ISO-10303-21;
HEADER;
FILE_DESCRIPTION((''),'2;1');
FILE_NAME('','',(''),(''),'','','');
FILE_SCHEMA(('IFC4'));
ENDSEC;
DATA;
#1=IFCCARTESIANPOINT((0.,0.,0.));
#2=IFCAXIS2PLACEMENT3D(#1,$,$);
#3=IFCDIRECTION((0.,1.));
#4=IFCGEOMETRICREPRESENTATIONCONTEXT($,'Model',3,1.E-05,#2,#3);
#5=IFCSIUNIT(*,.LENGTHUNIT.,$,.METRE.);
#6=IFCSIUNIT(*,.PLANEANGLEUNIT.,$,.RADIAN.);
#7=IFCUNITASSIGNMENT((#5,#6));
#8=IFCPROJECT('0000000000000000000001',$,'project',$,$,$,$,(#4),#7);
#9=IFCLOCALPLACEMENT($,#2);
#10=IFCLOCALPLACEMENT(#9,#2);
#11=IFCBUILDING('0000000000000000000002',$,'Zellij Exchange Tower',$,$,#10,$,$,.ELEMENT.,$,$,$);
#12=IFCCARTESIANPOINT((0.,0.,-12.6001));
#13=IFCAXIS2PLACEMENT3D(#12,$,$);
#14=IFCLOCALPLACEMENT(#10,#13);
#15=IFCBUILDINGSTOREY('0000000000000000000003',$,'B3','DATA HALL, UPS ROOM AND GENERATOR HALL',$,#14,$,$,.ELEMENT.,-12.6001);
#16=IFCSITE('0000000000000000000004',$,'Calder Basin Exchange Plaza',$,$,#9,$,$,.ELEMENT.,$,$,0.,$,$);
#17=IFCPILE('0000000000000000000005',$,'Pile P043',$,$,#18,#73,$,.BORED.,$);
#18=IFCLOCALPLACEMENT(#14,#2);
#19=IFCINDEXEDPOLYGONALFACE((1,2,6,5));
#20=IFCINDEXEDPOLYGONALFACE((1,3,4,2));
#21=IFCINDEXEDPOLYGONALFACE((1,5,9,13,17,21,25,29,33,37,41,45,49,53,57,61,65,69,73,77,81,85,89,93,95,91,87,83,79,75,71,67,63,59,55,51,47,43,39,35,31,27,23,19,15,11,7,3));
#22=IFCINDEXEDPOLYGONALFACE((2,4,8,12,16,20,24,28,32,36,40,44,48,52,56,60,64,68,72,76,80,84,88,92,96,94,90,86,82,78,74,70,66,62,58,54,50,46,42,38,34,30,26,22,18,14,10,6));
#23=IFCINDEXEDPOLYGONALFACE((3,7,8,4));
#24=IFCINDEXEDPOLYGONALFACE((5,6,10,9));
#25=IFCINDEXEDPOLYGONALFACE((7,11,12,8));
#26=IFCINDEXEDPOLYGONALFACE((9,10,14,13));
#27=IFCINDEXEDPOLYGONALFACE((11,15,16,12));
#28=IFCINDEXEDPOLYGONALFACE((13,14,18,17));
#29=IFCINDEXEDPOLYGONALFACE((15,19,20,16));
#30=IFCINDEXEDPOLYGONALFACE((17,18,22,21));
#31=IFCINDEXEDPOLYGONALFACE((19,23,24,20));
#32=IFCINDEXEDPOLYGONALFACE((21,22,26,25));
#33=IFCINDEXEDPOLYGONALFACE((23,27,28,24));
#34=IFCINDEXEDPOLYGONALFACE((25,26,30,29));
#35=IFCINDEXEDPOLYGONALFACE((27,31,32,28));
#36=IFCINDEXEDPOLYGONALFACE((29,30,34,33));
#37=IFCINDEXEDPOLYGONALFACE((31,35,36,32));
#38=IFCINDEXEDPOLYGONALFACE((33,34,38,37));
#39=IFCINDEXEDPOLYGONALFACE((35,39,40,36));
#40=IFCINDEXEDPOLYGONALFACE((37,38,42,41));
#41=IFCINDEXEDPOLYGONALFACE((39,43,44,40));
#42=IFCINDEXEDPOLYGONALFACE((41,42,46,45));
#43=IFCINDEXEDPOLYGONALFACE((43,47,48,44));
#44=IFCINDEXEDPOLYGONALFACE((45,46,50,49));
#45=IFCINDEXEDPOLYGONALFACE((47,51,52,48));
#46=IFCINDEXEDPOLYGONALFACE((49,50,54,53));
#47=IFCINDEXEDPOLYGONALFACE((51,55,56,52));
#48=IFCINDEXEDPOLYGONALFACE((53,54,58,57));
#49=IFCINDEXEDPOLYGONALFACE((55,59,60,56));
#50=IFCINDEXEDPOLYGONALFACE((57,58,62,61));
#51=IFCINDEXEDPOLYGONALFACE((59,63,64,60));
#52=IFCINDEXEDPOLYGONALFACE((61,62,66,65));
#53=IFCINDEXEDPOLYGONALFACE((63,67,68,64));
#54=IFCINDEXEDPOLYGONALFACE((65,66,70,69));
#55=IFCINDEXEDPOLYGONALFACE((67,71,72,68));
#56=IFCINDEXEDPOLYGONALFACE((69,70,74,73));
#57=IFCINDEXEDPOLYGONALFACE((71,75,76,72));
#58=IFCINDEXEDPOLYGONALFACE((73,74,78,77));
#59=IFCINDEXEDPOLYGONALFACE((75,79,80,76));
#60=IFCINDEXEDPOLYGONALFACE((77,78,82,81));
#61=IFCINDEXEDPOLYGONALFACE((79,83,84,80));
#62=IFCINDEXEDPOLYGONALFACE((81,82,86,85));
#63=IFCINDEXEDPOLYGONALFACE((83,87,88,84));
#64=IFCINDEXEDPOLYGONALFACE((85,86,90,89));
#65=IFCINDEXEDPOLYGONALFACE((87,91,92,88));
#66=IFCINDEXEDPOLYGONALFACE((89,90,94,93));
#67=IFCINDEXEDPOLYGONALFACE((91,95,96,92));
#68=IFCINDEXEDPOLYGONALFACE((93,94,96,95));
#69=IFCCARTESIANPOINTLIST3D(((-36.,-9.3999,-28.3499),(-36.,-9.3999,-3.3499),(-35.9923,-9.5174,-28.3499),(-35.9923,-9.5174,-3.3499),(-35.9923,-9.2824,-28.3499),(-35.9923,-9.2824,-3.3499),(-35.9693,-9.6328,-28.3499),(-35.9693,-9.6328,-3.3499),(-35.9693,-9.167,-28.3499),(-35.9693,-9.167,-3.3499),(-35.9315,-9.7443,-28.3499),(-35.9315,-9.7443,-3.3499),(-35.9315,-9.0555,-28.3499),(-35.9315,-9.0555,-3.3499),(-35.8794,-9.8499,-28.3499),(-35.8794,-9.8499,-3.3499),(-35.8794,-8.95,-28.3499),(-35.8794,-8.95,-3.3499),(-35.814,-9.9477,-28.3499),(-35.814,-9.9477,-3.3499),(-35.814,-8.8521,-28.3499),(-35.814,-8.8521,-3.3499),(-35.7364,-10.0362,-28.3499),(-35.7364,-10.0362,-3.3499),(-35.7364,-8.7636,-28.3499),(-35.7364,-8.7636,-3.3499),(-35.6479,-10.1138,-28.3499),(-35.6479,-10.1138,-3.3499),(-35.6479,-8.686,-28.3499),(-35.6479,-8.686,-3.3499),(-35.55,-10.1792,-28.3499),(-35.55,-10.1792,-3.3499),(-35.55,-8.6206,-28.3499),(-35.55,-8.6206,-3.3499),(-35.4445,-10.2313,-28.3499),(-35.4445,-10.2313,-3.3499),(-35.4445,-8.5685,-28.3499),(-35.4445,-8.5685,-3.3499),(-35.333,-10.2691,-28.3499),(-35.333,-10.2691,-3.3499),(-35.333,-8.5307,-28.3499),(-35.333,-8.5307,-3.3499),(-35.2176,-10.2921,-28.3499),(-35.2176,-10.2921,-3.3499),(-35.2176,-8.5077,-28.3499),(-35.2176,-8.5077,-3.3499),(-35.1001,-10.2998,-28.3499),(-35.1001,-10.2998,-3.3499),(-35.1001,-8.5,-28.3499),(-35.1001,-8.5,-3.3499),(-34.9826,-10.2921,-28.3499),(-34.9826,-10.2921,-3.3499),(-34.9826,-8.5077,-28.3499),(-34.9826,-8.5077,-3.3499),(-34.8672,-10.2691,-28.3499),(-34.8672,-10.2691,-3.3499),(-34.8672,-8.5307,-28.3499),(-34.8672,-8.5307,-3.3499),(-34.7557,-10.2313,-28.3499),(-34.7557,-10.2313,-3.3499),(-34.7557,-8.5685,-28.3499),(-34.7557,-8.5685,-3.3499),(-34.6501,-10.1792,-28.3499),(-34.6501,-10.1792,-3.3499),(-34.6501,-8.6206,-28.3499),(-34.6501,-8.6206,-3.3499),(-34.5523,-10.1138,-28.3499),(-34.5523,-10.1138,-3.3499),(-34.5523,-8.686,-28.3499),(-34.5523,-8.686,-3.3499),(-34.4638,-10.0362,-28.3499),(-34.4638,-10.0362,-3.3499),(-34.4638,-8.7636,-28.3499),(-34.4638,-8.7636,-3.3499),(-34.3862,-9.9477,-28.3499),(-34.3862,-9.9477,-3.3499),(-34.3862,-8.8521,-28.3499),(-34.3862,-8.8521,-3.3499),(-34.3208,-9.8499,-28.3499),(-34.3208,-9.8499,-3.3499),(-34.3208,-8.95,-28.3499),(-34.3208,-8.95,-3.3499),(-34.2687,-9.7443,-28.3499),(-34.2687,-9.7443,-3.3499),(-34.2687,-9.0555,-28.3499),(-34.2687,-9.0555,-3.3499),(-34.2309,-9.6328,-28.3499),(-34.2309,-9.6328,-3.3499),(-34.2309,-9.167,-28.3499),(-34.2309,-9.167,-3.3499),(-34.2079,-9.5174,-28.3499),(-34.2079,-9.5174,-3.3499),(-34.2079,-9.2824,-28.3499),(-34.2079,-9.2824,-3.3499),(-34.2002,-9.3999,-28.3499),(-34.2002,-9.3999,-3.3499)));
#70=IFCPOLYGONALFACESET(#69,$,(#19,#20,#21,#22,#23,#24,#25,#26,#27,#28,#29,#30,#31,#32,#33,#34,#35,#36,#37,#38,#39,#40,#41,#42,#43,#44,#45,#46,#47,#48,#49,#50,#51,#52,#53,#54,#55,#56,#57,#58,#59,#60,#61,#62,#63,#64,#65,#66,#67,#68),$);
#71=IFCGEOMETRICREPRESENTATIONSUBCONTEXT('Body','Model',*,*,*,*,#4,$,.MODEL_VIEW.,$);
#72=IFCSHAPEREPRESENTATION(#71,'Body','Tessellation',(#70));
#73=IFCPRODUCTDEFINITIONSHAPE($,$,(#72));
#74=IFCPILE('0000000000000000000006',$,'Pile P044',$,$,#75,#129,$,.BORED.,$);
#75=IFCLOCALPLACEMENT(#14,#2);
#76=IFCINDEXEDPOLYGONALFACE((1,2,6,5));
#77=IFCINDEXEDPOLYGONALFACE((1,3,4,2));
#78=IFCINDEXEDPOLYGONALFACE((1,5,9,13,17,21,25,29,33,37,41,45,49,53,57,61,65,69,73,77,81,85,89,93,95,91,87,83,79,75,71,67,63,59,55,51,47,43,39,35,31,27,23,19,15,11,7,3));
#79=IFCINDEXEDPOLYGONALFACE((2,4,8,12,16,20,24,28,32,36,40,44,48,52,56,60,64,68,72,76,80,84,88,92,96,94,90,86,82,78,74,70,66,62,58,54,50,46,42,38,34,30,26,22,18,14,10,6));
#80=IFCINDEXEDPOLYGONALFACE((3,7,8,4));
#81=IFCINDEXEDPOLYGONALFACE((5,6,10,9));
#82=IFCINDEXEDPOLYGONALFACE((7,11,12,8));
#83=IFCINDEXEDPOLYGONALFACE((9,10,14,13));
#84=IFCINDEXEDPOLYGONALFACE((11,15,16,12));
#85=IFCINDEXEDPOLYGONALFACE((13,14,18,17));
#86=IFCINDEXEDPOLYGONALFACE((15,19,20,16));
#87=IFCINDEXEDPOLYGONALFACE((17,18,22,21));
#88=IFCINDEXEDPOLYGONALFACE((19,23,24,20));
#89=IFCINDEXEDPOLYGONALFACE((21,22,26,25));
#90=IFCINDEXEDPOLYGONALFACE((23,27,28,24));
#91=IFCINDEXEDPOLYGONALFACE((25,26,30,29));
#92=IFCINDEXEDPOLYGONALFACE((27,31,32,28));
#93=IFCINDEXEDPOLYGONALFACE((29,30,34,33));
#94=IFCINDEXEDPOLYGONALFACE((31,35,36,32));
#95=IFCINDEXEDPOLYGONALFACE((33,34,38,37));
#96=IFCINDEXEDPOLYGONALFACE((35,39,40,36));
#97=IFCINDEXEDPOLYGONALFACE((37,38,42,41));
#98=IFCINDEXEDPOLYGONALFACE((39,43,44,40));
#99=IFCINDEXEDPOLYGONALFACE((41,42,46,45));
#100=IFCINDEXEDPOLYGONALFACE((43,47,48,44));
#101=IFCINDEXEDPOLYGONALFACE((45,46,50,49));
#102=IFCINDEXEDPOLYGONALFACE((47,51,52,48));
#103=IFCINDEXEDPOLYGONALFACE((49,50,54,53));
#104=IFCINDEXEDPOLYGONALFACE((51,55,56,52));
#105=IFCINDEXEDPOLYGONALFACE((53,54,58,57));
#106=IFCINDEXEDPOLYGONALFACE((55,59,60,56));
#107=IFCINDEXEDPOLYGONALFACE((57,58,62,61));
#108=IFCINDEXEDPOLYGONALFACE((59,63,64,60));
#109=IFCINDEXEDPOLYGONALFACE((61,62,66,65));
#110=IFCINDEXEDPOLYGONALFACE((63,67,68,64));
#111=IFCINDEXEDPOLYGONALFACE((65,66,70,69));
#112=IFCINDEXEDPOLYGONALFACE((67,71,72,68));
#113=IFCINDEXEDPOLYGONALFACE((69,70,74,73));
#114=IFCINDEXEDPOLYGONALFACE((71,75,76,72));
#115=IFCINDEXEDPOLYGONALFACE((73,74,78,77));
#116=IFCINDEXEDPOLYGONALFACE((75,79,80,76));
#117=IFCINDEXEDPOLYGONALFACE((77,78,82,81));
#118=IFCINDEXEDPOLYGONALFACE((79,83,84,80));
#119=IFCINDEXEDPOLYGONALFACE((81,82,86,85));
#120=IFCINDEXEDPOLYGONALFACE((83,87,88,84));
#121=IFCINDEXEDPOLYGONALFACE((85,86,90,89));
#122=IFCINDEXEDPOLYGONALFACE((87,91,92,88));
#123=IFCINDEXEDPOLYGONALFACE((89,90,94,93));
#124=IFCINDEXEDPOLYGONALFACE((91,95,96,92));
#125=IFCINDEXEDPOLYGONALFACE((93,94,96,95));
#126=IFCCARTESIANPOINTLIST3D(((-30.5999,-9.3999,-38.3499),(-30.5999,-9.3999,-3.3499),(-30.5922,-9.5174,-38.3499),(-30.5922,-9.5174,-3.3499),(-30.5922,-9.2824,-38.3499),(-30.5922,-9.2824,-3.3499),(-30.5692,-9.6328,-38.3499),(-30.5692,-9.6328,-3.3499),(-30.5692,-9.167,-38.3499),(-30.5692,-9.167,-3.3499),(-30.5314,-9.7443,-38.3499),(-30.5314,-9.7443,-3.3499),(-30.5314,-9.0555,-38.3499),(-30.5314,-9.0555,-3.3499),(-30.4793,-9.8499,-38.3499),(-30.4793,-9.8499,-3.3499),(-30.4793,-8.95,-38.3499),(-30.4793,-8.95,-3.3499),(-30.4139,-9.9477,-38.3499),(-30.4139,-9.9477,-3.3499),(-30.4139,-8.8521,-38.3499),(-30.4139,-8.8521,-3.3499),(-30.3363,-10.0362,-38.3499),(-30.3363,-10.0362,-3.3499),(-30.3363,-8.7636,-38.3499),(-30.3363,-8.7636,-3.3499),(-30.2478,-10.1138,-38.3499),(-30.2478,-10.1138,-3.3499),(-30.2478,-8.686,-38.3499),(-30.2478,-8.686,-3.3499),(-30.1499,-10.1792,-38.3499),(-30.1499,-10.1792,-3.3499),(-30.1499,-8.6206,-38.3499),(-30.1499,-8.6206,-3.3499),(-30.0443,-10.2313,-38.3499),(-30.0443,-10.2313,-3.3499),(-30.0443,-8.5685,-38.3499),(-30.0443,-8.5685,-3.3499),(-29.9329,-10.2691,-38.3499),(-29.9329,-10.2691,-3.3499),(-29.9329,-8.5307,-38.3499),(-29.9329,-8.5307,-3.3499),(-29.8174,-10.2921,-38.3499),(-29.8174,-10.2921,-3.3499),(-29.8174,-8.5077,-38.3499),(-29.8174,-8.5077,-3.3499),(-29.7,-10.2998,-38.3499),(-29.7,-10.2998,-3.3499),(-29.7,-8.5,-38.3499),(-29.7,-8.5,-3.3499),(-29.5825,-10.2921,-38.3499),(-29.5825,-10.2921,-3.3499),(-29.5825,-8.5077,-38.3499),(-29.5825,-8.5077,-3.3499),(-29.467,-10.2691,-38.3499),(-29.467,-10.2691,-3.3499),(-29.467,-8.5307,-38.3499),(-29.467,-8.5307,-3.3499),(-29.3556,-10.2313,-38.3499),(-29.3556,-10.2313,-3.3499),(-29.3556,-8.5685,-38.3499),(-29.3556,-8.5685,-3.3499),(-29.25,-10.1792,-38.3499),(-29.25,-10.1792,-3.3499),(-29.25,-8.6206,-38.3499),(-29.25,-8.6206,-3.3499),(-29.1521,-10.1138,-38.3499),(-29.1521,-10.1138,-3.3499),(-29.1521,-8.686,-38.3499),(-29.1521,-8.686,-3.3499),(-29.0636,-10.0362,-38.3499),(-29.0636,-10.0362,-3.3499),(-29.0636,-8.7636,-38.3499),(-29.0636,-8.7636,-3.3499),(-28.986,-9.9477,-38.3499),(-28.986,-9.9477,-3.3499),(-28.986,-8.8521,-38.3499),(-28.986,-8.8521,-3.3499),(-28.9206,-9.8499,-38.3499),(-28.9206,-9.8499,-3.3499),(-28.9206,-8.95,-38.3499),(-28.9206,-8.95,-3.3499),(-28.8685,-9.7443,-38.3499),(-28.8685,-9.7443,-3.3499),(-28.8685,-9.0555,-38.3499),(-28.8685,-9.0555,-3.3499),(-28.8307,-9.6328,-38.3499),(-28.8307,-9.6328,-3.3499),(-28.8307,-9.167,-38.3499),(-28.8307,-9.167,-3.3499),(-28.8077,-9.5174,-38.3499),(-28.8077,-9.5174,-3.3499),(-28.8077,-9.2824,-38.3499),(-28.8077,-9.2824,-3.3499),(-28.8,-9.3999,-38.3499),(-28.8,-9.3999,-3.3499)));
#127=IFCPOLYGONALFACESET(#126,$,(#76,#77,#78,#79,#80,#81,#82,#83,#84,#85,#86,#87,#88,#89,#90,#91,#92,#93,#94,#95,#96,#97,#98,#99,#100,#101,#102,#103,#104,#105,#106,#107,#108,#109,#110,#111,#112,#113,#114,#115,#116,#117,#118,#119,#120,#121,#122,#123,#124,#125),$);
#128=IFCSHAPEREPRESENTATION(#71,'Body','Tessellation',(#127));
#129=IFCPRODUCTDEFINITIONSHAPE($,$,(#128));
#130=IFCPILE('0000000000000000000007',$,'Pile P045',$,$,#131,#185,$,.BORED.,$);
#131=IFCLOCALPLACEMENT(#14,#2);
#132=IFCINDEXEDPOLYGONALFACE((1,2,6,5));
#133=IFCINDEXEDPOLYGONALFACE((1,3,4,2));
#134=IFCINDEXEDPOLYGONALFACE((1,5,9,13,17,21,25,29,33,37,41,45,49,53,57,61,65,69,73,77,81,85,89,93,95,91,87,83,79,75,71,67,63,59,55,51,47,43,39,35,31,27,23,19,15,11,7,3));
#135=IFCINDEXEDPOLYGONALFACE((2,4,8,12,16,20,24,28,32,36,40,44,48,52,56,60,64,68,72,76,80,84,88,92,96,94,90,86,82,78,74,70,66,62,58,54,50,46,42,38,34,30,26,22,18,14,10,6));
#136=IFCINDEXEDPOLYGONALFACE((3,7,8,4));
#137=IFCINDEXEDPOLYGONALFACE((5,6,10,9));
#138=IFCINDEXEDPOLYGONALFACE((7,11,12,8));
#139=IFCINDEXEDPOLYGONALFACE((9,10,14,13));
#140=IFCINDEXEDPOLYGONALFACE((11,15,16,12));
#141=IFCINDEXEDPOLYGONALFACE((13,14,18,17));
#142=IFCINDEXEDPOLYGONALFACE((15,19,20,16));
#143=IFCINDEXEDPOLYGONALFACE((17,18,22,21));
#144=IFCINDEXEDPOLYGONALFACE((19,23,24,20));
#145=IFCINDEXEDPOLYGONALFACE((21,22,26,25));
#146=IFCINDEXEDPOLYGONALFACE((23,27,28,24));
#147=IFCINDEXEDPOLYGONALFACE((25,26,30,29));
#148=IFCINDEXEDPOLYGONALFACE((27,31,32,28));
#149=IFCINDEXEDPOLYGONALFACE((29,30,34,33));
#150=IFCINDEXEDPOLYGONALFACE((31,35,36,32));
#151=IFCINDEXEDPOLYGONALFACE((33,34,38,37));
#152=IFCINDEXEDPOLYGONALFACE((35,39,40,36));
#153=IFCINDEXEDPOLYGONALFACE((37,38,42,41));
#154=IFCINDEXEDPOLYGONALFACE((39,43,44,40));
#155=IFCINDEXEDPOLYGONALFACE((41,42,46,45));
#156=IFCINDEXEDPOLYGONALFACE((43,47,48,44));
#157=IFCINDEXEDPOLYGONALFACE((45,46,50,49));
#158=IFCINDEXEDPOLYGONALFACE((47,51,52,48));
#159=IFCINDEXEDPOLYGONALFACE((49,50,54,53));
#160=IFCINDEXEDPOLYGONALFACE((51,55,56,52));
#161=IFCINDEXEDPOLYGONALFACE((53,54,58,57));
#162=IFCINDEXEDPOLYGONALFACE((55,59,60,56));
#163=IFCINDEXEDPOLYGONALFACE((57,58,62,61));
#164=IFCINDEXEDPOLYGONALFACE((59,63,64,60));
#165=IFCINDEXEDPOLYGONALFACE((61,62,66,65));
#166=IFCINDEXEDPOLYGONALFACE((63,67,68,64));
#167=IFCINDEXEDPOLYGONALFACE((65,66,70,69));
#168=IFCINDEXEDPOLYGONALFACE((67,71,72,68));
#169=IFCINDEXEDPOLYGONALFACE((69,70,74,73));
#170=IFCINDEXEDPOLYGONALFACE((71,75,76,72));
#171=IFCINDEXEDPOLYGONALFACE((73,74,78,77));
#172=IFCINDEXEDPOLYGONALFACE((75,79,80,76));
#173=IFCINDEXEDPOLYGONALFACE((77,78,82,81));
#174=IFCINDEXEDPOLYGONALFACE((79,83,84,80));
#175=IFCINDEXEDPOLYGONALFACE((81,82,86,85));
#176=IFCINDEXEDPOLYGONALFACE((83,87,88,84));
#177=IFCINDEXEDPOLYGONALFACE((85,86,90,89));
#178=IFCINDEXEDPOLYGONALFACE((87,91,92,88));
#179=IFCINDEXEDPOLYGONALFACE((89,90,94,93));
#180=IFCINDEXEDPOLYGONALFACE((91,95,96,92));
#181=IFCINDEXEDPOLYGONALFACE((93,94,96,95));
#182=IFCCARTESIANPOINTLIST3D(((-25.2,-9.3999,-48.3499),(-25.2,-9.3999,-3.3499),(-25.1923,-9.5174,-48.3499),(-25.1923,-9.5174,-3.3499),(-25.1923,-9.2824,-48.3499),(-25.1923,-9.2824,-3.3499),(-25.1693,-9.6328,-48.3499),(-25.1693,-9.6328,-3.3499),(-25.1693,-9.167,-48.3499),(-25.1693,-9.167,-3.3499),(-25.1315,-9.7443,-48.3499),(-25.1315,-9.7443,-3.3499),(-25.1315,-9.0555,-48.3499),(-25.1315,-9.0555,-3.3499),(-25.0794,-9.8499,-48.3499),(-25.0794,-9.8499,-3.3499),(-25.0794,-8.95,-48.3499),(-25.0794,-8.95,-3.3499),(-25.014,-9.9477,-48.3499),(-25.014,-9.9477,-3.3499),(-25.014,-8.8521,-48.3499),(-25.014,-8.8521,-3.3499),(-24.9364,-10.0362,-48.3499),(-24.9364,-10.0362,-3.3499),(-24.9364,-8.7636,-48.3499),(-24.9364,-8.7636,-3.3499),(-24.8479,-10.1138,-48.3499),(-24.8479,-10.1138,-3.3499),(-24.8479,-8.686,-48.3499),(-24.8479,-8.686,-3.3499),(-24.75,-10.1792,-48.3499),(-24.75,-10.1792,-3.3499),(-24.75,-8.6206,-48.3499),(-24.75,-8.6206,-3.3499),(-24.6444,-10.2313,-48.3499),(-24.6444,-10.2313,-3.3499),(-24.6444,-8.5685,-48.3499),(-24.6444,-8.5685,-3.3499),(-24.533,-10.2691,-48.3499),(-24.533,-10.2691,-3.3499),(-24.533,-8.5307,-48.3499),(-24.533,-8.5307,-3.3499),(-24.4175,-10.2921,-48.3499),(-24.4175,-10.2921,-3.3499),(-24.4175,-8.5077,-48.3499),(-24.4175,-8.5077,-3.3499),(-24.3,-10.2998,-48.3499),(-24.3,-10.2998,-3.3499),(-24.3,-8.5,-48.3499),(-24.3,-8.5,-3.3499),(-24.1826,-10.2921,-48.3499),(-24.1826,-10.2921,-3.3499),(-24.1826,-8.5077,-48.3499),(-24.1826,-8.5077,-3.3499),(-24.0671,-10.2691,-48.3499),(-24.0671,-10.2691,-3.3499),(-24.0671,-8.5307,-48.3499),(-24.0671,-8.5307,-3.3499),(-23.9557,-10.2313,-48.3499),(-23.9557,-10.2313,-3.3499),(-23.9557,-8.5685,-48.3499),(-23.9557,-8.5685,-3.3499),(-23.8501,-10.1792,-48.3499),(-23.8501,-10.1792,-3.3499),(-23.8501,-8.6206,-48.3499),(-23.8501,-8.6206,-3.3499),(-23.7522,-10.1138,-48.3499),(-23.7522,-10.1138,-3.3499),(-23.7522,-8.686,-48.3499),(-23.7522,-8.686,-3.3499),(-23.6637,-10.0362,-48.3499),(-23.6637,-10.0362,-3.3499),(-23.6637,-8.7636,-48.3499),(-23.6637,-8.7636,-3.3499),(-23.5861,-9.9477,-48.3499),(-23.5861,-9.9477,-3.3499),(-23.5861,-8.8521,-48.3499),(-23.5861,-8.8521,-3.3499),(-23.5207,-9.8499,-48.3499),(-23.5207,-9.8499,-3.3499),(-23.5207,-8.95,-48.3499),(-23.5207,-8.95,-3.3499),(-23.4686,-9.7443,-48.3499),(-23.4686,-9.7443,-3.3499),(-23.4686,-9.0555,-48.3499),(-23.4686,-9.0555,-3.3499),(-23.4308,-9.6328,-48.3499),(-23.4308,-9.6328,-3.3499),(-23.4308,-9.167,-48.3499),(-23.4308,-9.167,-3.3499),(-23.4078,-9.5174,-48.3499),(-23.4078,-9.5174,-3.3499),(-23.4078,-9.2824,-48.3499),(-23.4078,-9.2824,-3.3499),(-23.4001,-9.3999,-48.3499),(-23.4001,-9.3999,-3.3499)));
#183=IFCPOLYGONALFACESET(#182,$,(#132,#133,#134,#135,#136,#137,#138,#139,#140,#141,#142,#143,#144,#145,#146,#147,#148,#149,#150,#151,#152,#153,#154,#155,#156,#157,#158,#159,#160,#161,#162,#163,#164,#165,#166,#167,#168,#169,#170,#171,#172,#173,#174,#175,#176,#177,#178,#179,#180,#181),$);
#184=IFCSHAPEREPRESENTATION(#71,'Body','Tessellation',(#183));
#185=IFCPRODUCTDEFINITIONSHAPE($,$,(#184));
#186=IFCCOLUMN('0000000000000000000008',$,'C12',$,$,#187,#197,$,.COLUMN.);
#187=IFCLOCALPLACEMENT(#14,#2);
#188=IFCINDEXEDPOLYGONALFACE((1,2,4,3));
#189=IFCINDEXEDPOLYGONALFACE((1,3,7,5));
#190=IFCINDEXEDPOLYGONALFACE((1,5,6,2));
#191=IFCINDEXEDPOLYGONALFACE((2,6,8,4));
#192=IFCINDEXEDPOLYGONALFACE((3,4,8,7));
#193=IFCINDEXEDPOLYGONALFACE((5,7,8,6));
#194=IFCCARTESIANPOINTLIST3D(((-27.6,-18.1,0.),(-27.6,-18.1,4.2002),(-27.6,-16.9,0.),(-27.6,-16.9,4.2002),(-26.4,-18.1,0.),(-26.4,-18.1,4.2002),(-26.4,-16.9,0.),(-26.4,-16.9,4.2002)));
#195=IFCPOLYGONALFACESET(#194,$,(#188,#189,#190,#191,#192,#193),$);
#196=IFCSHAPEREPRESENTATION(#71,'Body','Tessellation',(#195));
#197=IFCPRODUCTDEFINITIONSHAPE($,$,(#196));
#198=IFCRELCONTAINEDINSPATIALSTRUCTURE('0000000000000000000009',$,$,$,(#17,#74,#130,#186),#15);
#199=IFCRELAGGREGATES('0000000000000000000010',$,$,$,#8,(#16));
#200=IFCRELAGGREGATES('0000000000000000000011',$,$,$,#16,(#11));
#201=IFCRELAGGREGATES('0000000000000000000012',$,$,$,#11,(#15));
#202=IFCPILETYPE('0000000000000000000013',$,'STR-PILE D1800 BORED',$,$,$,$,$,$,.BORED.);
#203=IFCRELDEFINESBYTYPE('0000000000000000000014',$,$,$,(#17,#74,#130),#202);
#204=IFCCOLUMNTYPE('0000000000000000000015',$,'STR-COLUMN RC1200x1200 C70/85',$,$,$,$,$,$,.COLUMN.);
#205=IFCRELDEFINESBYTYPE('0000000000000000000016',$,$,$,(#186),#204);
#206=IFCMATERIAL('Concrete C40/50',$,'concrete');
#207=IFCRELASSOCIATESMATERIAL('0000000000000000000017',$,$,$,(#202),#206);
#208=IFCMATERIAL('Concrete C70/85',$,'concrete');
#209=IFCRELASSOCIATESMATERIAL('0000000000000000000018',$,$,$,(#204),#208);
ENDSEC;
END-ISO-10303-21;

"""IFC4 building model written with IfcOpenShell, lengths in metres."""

from ifc_helpers import new_model, si_unit, direction, frame, origin, origin_2d, place, context, subcontext, project, spatial, rectangle, circle, extrude, material, material_profile, profile_set, type_object, element, save


model = new_model("IFC4")

# Units and contexts
model_context = context("Model", 3, precision=1e-05, world=origin(), true_north=direction((0.0, 1.0)))
body_context = subcontext(model_context, "Body", "Model", "MODEL_VIEW")
ifc_project = project(units=[si_unit("LENGTHUNIT", "METRE"), si_unit("PLANEANGLEUNIT", "RADIAN")], contexts=[model_context])

# Site, building, storey
site_placement = place(None, origin())
site = spatial("IfcSite", under=ifc_project, at=site_placement, Name="Calder Basin Exchange Plaza", CompositionType="ELEMENT", RefElevation=0.0)
building_placement = place(site_placement, origin())
building = spatial("IfcBuilding", under=site, at=building_placement, Name="Zellij Exchange Tower", CompositionType="ELEMENT")
storey_placement = place(building_placement, frame((0.0, 0.0, -12.6001)))
storey = spatial("IfcBuildingStorey", under=building, at=storey_placement, Name="B3", Description="DATA HALL, UPS ROOM AND GENERATOR HALL", CompositionType="ELEMENT", Elevation=-12.6001)

# Piles
ifc_material_1 = material(Name="Concrete C40/50", Category="concrete")
ifc_material_profile_1 = material_profile(ifc_material_1, circle(Radius=0.8999, at=origin_2d()), Name="STR-PILE D1800 BORED")
ifc_profile_set_1 = profile_set([ifc_material_profile_1], Name="Concrete C40/50")
pile_type = type_object("IfcPileType", Name="STR-PILE D1800 BORED", PredefinedType="BORED", material=ifc_profile_set_1)
pile_1_placement = place(storey_placement, frame((-35.1001, -9.3999, -3.3499), z_axis=(0.0, 0.0, -1.0), x_axis=(1.0, 0.0, 0.0)))
element("IfcPile", 1, at=pile_1_placement, inside=storey, type_object=pile_type, Name="Pile P043", PredefinedType="BORED", context=body_context, shape_type="SweptSolid", body=[
    extrude(circle(Radius=0.8999, at=origin_2d()), origin(), (0.0, 0.0, 1.0), 25.0),
])
pile_2_placement = place(storey_placement, frame((-29.7, -9.3999, -3.3499), z_axis=(0.0, 0.0, -1.0), x_axis=(1.0, 0.0, 0.0)))
element("IfcPile", 2, at=pile_2_placement, inside=storey, type_object=pile_type, Name="Pile P044", PredefinedType="BORED", context=body_context, shape_type="SweptSolid", body=[
    extrude(circle(Radius=0.8999, at=origin_2d()), origin(), (0.0, 0.0, 1.0), 35.0),
])
pile_3_placement = place(storey_placement, frame((-24.3, -9.3999, -3.3499), z_axis=(0.0, 0.0, -1.0), x_axis=(1.0, 0.0, 0.0)))
element("IfcPile", 3, at=pile_3_placement, inside=storey, type_object=pile_type, Name="Pile P045", PredefinedType="BORED", context=body_context, shape_type="SweptSolid", body=[
    extrude(circle(Radius=0.8999, at=origin_2d()), origin(), (0.0, 0.0, 1.0), 45.0),
])

# Column
ifc_material_2 = material(Name="Concrete C70/85", Category="concrete")
ifc_material_profile_2 = material_profile(ifc_material_2, rectangle(XDim=1.2, YDim=1.2, at=origin_2d()), Name="STR-COLUMN RC1200x1200 C70/85")
ifc_profile_set_2 = profile_set([ifc_material_profile_2], Name="Concrete C70/85")
column_type = type_object("IfcColumnType", Name="STR-COLUMN RC1200x1200 C70/85", PredefinedType="COLUMN", material=ifc_profile_set_2)
for number, where, z_axis, x_axis, name in (
    (4, (-27.0, -17.5, 0.0), (0.0, 0.0, 1.0), (1.0, 0.0, 0.0), "C12"),
):
    element("IfcColumn", number, at=place(storey_placement, frame(where, z_axis=z_axis, x_axis=x_axis)), inside=storey, type_object=column_type, Name=name, PredefinedType="COLUMN", context=body_context, shape_type="SweptSolid", body=[
        extrude(rectangle(XDim=1.2, YDim=1.2, at=origin_2d()), origin(), (0.0, 0.0, 1.0), 4.2002),
    ])

save(model, "model.ifc")
